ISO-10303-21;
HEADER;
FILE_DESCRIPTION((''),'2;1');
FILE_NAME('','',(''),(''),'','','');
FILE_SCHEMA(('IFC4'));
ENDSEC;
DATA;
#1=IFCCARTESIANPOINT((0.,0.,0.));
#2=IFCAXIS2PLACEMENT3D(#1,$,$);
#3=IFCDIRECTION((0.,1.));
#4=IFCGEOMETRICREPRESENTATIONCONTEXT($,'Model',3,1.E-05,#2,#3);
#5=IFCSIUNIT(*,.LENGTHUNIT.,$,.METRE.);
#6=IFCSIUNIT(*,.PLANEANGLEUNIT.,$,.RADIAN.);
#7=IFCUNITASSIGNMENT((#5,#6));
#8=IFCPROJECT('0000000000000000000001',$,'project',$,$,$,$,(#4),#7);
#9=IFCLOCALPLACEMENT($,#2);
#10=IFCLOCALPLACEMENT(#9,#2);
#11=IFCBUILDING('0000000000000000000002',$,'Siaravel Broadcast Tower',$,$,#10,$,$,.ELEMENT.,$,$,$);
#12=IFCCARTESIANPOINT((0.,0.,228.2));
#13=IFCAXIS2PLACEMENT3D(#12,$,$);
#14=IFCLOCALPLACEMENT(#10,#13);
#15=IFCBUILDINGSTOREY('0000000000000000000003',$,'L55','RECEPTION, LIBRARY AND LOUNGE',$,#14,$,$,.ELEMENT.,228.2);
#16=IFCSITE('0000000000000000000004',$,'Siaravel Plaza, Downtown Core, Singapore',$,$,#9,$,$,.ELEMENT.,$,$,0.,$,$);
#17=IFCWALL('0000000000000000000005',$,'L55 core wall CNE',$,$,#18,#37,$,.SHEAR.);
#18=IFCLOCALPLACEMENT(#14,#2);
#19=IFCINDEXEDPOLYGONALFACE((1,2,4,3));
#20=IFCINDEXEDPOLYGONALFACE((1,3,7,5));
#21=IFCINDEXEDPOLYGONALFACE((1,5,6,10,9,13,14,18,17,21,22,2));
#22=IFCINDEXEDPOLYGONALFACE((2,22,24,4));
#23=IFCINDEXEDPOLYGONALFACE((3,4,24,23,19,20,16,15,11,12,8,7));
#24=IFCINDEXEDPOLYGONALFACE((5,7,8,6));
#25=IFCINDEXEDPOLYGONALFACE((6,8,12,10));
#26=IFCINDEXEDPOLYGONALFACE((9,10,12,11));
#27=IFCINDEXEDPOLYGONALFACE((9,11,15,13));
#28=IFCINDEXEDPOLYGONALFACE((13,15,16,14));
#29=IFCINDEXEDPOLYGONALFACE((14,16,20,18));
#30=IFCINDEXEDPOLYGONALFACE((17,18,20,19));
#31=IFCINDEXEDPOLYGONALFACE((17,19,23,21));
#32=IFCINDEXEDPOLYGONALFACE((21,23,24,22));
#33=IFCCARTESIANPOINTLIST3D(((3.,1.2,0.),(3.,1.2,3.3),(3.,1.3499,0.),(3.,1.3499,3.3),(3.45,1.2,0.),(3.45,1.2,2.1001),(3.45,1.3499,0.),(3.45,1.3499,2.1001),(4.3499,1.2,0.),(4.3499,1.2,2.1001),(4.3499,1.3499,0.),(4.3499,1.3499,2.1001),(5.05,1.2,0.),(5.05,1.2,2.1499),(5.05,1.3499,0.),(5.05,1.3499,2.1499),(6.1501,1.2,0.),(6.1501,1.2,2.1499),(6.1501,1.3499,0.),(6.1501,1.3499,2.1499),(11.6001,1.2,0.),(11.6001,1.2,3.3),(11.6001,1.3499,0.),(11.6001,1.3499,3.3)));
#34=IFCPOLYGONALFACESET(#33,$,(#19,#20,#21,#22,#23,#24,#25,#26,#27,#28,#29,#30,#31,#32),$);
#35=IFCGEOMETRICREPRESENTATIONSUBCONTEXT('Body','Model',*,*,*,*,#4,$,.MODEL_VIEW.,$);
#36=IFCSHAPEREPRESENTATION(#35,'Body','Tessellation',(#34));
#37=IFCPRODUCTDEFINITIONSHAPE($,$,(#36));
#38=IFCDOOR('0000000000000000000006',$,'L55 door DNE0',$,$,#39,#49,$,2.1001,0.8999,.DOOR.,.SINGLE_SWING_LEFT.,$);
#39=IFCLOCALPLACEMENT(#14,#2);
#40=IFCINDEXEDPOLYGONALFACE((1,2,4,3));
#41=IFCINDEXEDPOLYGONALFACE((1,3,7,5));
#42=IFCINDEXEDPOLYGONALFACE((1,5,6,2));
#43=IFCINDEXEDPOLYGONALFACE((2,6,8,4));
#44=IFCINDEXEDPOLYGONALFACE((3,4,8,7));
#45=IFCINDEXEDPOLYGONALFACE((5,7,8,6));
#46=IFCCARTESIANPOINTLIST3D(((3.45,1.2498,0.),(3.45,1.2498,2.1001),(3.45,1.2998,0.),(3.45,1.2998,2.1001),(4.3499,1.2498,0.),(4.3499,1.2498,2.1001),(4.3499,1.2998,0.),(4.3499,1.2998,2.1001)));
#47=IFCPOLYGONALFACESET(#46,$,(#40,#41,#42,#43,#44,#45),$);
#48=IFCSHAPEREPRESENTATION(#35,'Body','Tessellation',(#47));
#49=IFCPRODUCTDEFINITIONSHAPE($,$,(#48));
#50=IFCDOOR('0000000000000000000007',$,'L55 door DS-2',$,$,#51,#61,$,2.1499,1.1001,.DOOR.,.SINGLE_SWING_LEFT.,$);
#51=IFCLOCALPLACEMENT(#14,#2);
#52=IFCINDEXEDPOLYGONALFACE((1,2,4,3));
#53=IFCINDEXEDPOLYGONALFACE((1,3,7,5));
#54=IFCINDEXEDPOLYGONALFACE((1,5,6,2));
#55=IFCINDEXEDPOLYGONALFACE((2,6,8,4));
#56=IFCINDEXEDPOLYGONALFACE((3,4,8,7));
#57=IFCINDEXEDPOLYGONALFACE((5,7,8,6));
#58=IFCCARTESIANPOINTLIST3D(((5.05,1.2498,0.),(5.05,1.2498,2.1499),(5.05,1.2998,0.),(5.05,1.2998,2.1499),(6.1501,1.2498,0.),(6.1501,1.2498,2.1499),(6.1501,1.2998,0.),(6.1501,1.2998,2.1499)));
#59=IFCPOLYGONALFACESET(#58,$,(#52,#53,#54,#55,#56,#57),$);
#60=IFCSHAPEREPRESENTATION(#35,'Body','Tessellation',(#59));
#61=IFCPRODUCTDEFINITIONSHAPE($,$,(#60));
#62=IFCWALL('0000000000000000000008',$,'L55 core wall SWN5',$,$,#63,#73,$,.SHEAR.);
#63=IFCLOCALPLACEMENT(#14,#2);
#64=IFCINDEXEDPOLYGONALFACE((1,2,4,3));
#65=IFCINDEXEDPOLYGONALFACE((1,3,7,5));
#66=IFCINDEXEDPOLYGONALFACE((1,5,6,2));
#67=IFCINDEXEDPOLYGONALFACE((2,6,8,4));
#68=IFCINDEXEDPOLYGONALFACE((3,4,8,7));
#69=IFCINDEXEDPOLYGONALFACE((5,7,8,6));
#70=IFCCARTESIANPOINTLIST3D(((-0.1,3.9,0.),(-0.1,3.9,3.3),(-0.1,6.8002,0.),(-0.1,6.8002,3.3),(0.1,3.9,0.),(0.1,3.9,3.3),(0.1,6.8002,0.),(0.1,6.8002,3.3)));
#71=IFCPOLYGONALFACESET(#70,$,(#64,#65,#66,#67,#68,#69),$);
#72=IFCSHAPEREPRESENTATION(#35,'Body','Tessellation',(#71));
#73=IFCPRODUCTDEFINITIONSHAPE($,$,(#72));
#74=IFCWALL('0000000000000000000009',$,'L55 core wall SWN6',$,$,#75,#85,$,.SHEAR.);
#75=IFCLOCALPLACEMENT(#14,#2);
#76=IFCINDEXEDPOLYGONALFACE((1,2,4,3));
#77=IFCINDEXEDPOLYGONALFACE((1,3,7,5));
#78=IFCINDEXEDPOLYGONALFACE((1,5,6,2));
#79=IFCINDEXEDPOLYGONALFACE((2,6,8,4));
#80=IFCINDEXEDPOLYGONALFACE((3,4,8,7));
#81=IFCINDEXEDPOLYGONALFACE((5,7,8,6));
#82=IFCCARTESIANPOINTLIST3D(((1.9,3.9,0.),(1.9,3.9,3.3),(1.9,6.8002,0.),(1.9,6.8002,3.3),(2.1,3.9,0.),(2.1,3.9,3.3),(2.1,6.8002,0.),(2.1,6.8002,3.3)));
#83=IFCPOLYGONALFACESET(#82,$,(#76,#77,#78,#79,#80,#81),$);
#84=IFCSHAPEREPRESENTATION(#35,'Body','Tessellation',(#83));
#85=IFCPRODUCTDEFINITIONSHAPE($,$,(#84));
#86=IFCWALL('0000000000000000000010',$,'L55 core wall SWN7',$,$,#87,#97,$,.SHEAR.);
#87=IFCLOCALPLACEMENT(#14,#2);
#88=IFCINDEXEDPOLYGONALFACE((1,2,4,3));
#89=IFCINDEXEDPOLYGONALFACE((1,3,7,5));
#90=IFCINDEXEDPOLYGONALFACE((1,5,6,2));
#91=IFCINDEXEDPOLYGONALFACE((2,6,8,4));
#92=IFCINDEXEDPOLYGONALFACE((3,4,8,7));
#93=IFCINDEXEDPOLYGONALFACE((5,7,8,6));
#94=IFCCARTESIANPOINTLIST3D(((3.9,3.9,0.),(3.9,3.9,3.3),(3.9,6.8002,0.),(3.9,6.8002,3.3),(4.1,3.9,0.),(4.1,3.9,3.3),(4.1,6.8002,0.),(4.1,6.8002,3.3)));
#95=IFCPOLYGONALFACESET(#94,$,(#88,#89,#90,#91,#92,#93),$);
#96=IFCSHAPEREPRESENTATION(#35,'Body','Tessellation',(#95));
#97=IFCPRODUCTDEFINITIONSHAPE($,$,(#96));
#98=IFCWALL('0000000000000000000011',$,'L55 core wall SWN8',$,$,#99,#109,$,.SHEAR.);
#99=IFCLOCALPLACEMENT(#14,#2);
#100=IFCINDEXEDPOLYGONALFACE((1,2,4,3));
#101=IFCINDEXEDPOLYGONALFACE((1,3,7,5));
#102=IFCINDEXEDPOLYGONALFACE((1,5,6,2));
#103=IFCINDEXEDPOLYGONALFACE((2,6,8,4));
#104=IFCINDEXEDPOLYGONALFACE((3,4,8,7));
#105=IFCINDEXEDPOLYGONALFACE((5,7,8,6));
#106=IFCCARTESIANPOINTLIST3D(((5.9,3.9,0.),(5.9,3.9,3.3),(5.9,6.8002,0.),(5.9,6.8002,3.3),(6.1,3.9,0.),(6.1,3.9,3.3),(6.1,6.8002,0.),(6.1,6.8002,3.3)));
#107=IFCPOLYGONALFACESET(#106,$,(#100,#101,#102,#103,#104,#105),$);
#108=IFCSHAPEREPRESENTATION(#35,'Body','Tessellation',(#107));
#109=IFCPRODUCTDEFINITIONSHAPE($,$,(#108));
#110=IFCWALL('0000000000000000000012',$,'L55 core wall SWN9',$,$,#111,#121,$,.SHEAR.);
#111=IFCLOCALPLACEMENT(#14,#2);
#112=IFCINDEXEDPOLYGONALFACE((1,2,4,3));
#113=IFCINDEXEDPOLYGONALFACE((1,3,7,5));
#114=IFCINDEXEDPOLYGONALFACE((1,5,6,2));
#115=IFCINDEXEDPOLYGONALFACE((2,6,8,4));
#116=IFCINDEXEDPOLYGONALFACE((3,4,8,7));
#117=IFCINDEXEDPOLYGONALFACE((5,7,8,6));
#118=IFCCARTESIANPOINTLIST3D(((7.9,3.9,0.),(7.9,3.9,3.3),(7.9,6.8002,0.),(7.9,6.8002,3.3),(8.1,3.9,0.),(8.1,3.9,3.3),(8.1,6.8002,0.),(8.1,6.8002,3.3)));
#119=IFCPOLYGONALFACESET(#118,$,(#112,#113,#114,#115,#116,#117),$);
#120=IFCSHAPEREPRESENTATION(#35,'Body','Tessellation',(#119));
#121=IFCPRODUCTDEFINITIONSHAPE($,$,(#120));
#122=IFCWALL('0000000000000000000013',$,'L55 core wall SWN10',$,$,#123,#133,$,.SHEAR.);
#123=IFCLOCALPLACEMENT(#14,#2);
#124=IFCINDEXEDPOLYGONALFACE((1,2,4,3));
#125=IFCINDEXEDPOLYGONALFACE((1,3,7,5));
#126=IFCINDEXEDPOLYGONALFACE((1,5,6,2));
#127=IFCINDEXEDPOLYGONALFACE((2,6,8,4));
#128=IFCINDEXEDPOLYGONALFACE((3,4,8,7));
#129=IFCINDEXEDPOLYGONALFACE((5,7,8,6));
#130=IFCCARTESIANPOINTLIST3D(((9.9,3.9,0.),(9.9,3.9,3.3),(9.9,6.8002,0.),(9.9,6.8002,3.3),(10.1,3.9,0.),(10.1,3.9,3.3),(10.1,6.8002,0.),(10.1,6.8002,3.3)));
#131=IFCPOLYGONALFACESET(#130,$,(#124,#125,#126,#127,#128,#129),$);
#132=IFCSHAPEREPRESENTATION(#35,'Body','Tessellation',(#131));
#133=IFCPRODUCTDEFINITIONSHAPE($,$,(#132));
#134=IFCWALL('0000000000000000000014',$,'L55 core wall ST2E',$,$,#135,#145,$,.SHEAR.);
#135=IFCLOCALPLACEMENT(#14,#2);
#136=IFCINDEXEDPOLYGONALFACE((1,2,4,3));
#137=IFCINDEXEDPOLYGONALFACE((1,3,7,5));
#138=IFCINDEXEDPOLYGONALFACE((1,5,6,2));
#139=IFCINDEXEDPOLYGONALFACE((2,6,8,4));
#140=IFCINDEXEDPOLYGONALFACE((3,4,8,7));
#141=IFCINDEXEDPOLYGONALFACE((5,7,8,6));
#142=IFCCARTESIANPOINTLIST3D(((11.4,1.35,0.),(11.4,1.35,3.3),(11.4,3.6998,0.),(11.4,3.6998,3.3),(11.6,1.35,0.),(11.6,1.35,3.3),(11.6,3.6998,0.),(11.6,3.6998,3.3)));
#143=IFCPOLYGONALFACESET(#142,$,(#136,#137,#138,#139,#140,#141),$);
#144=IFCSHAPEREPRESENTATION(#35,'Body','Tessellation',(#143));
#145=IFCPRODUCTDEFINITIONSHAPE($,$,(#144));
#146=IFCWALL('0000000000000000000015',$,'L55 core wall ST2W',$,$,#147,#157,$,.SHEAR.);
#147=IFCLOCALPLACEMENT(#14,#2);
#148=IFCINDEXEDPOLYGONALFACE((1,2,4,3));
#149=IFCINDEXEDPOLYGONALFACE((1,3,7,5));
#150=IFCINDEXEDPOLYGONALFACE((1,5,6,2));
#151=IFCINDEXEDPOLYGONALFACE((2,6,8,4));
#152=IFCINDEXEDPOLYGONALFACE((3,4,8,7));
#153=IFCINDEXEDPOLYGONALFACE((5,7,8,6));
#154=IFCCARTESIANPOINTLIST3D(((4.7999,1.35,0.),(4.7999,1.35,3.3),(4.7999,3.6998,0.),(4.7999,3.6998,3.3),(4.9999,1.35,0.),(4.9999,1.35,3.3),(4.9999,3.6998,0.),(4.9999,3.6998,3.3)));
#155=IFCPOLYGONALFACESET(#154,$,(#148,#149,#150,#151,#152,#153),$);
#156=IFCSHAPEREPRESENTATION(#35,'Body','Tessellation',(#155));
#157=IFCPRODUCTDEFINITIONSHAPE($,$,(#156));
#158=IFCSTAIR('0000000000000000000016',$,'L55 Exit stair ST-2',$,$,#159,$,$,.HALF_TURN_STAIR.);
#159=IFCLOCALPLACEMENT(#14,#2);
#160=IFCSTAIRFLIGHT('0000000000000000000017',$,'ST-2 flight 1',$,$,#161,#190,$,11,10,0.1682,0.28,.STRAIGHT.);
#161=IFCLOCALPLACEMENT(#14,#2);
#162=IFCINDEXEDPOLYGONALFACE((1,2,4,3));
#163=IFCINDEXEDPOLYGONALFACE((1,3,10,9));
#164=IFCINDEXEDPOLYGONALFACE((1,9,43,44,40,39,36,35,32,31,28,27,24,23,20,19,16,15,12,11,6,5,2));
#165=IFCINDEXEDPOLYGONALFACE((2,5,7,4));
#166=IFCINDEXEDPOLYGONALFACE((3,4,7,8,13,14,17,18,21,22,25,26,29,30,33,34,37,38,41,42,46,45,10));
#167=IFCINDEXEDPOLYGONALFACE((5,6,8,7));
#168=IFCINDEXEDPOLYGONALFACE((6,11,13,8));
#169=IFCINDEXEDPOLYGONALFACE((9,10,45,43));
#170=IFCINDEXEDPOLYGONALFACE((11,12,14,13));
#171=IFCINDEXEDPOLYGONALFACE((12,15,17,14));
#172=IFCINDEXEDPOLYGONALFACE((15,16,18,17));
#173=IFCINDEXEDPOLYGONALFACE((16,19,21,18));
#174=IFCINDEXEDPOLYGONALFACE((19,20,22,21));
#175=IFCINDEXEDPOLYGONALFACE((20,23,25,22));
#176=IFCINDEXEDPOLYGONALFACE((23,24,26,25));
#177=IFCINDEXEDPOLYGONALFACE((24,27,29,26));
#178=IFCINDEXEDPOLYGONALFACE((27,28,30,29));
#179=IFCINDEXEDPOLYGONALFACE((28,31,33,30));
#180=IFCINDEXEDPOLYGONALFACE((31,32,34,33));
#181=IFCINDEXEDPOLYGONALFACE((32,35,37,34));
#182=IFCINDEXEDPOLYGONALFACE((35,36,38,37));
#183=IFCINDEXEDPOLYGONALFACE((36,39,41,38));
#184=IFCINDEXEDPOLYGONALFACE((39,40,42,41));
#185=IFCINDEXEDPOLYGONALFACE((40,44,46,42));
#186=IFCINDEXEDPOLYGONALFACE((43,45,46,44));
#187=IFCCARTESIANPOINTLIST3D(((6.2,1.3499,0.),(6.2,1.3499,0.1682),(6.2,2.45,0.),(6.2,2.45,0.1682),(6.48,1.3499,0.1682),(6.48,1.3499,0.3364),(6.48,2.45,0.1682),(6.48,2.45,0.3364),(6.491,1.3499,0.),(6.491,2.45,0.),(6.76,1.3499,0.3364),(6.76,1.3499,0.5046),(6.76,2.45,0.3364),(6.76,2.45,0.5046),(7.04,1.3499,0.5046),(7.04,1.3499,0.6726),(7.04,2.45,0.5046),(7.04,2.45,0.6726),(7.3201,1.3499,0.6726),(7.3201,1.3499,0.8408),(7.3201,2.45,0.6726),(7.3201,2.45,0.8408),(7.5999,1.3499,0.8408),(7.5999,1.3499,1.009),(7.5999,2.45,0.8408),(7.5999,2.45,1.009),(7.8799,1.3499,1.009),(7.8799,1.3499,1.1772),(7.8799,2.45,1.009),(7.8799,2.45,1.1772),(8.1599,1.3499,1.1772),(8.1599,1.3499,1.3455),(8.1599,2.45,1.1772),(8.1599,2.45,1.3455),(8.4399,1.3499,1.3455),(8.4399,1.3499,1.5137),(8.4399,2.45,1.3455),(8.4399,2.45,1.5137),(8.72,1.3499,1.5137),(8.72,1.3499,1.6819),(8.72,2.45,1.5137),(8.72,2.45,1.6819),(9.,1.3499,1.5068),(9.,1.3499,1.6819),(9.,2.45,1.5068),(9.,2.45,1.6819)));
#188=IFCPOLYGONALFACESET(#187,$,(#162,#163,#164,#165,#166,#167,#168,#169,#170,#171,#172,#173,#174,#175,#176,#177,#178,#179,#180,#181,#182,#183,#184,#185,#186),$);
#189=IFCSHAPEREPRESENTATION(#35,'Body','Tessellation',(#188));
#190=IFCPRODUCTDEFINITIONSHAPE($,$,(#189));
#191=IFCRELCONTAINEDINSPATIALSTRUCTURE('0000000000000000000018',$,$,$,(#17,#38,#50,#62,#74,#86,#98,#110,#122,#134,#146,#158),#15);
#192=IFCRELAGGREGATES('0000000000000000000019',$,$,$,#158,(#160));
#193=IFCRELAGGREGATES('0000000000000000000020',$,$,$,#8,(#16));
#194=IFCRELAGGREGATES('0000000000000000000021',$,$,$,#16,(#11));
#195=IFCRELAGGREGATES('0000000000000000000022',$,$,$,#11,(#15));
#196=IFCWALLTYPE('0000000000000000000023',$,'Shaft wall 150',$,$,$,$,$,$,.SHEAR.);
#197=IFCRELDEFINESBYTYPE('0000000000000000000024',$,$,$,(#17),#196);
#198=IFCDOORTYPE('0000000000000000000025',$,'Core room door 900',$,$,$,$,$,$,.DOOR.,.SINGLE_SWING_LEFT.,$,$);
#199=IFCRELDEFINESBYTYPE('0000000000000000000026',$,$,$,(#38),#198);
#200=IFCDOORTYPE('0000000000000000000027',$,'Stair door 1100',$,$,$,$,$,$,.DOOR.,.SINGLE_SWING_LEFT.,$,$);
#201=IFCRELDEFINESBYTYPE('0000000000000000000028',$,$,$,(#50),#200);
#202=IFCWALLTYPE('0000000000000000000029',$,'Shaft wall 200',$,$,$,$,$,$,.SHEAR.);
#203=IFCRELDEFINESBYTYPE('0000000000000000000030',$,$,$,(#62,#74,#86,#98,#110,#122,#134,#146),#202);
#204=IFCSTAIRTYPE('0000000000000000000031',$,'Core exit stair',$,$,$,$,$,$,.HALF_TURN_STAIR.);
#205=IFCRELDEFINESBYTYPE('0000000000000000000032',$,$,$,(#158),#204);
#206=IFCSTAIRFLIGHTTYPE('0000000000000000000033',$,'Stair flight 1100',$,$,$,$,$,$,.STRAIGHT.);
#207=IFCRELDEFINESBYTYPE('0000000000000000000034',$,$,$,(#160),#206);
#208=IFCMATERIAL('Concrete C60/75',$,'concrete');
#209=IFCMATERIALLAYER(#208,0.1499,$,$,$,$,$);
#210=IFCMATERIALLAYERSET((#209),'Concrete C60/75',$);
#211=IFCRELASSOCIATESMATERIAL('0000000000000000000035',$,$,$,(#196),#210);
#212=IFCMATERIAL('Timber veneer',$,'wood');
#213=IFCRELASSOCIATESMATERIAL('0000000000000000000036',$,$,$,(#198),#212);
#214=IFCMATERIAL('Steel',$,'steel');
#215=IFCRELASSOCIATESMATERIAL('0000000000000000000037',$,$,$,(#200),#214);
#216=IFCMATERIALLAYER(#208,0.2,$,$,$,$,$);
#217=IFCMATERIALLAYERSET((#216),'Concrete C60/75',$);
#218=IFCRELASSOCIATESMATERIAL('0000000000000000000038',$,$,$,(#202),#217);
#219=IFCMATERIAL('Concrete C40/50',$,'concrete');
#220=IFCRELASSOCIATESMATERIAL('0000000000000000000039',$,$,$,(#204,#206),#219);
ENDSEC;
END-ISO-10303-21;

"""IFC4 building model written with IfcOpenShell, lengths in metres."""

from ifc_helpers import new_model, si_unit, direction, frame, frame_2d, origin, place, context, subcontext, project, spatial, polyline, rectangle, outline, extrude, material, layer, layer_set, type_object, element, fill, aggregate, save


model = new_model("IFC4")

# Units and contexts
model_context = context("Model", 3, precision=1e-05, world=origin(), true_north=direction((0.0, 1.0)))
body_context = subcontext(model_context, "Body", "Model", "MODEL_VIEW")
ifc_project = project(units=[si_unit("LENGTHUNIT", "METRE"), si_unit("PLANEANGLEUNIT", "RADIAN")], contexts=[model_context])

# Site, building, storey
site_placement = place(None, origin())
site = spatial("IfcSite", under=ifc_project, at=site_placement, Name="Siaravel Plaza, Downtown Core, Singapore", CompositionType="ELEMENT", RefElevation=0.0)
building_placement = place(site_placement, origin())
building = spatial("IfcBuilding", under=site, at=building_placement, Name="Siaravel Broadcast Tower", CompositionType="ELEMENT")
storey_placement = place(building_placement, frame((0.0, 0.0, 228.2)))
storey = spatial("IfcBuildingStorey", under=building, at=storey_placement, Name="L55", Description="RECEPTION, LIBRARY AND LOUNGE", CompositionType="ELEMENT", Elevation=228.2)

# Shared definitions
ifc_material_1 = material(Name="Timber veneer", Category="wood")

# Wall, openings, doors
ifc_material_2 = material(Name="Concrete C60/75", Category="concrete")
ifc_layer_1 = layer(ifc_material_2, 0.1499)
ifc_layer_set_1 = layer_set([ifc_layer_1], Name="Concrete C60/75")
wall_type_1 = type_object("IfcWallType", Name="Shaft wall 150", PredefinedType="SHEAR", material=ifc_layer_set_1)
wall_1_placement = place(storey_placement, frame((3.0, 1.2749, 0.0), z_axis=(0.0, 0.0, 1.0), x_axis=(1.0, 0.0, 0.0)))
wall_1 = element("IfcWall", 1, at=wall_1_placement, inside=storey, type_object=wall_type_1, Name="L55 core wall CNE", PredefinedType="SHEAR", context=body_context, shape_type="SweptSolid", body=[
    extrude(rectangle(XDim=8.6001, YDim=0.1499, at=frame_2d((4.3, 0.0))), origin(), (0.0, 0.0, 1.0), 3.3),
])
opening_1_placement = place(wall_1_placement, frame((2.05, 0.0, 0.0)))
opening_1 = element("IfcOpeningElement", 2, at=opening_1_placement, cuts=wall_1, PredefinedType="OPENING", context=body_context, shape_type="SweptSolid", body=[
    extrude(rectangle(XDim=1.1001, YDim=2.1499, at=frame_2d((0.55, 1.075))), frame((0.0, 0.085, 0.0), z_axis=(0.0, -1.0, 0.0), x_axis=(1.0, 0.0, 0.0)), (0.0, 0.0, 1.0), 0.1699),
])
opening_2_placement = place(wall_1_placement, frame((0.45, 0.0, 0.0)))
opening_2 = element("IfcOpeningElement", 3, at=opening_2_placement, cuts=wall_1, PredefinedType="OPENING", context=body_context, shape_type="SweptSolid", body=[
    extrude(rectangle(XDim=0.8999, YDim=2.1001, at=frame_2d((0.45, 1.05))), frame((0.0, 0.085, 0.0), z_axis=(0.0, -1.0, 0.0), x_axis=(1.0, 0.0, 0.0)), (0.0, 0.0, 1.0), 0.1699),
])
door_type_1 = type_object("IfcDoorType", Name="Core room door 900", OperationType="SINGLE_SWING_LEFT", PredefinedType="DOOR", material=ifc_material_1)
door_1_placement = place(opening_2_placement, origin())
door_1 = element("IfcDoor", 4, at=door_1_placement, inside=storey, type_object=door_type_1, Name="L55 door DNE0", OperationType="SINGLE_SWING_LEFT", OverallHeight=2.1001, OverallWidth=0.8999, PredefinedType="DOOR", context=body_context, shape_type="SweptSolid", body=[
    extrude(rectangle(XDim=0.8999, YDim=2.1001, at=frame_2d((0.45, 1.05))), frame((0.0, 0.0249, 0.0), z_axis=(0.0, -1.0, 0.0), x_axis=(1.0, 0.0, 0.0)), (0.0, 0.0, 1.0), 0.05),
])
fill(opening_2, door_1)
ifc_material_3 = material(Name="Steel", Category="steel")
door_type_2 = type_object("IfcDoorType", Name="Stair door 1100", OperationType="SINGLE_SWING_LEFT", PredefinedType="DOOR", material=ifc_material_3)
door_2_placement = place(opening_1_placement, origin())
door_2 = element("IfcDoor", 5, at=door_2_placement, inside=storey, type_object=door_type_2, Name="L55 door DS-2", OperationType="SINGLE_SWING_LEFT", OverallHeight=2.1499, OverallWidth=1.1001, PredefinedType="DOOR", context=body_context, shape_type="SweptSolid", body=[
    extrude(rectangle(XDim=1.1001, YDim=2.1499, at=frame_2d((0.55, 1.075))), frame((0.0, 0.0249, 0.0), z_axis=(0.0, -1.0, 0.0), x_axis=(1.0, 0.0, 0.0)), (0.0, 0.0, 1.0), 0.05),
])
fill(opening_1, door_2)

# Walls
ifc_layer_2 = layer(ifc_material_2, 0.2)
ifc_layer_set_2 = layer_set([ifc_layer_2], Name="Concrete C60/75")
wall_type_2 = type_object("IfcWallType", Name="Shaft wall 200", PredefinedType="SHEAR", material=ifc_layer_set_2)
for number, where, z_axis, x_axis, name in (
    (6, (0.0, 3.8999, 0.0), (0.0, 0.0, 1.0), (0.0, 1.0, 0.0), "L55 core wall SWN5"),
    (7, (2.0, 3.8999, 0.0), (0.0, 0.0, 1.0), (0.0, 1.0, 0.0), "L55 core wall SWN6"),
    (8, (4.0, 3.8999, 0.0), (0.0, 0.0, 1.0), (0.0, 1.0, 0.0), "L55 core wall SWN7"),
    (9, (6.0, 3.8999, 0.0), (0.0, 0.0, 1.0), (0.0, 1.0, 0.0), "L55 core wall SWN8"),
    (10, (8.0, 3.8999, 0.0), (0.0, 0.0, 1.0), (0.0, 1.0, 0.0), "L55 core wall SWN9"),
    (11, (10.0, 3.8999, 0.0), (0.0, 0.0, 1.0), (0.0, 1.0, 0.0), "L55 core wall SWN10"),
):
    element("IfcWall", number, at=place(storey_placement, frame(where, z_axis=z_axis, x_axis=x_axis)), inside=storey, type_object=wall_type_2, Name=name, PredefinedType="SHEAR", context=body_context, shape_type="SweptSolid", body=[
        extrude(rectangle(XDim=2.9001, YDim=0.2, at=frame_2d((1.4502, 0.0))), origin(), (0.0, 0.0, 1.0), 3.3),
    ])
for number, where, z_axis, x_axis, name in (
    (12, (11.5, 1.3501, 0.0), (0.0, 0.0, 1.0), (0.0, 1.0, 0.0), "L55 core wall ST2E"),
    (13, (4.8999, 1.3501, 0.0), (0.0, 0.0, 1.0), (0.0, 1.0, 0.0), "L55 core wall ST2W"),
):
    element("IfcWall", number, at=place(storey_placement, frame(where, z_axis=z_axis, x_axis=x_axis)), inside=storey, type_object=wall_type_2, Name=name, PredefinedType="SHEAR", context=body_context, shape_type="SweptSolid", body=[
        extrude(rectangle(XDim=2.3499, YDim=0.2, at=frame_2d((1.1748, 0.0))), origin(), (0.0, 0.0, 1.0), 3.3),
    ])

# Stair, stair flight
ifc_material_4 = material(Name="Concrete C40/50", Category="concrete")
stair_type = type_object("IfcStairType", Name="Core exit stair", PredefinedType="HALF_TURN_STAIR", material=ifc_material_4)
stair_placement = place(storey_placement, origin())
stair = element("IfcStair", 14, at=stair_placement, inside=storey, type_object=stair_type, Name="L55 Exit stair ST-2", PredefinedType="HALF_TURN_STAIR")
stair_flight_type = type_object("IfcStairFlightType", Name="Stair flight 1100", PredefinedType="STRAIGHT", material=ifc_material_4)
stair_flight_1_placement = place(storey_placement, frame((6.2, 1.8999, 0.0), z_axis=(0.0, 0.0, 1.0), x_axis=(1.0, 0.0, 0.0)))
stair_flight_1 = element("IfcStairFlight", 15, at=stair_flight_1_placement, type_object=stair_flight_type, Name="ST-2 flight 1", NumberOfRisers=11, NumberOfTreads=10, PredefinedType="STRAIGHT", RiserHeight=0.1682, TreadLength=0.28, context=body_context, shape_type="SweptSolid", body=[
    extrude(outline(polyline([(0.0, 0.0), (0.0, 0.1682), (0.28, 0.1682), (0.28, 0.3364), (0.5601, 0.3364), (0.5601, 0.5046), (0.8401, 0.5046), (0.8401, 0.6726), (1.1201, 0.6726), (1.1201, 0.8408), (1.3999, 0.8408), (1.3999, 1.009), (1.6799, 1.009), (1.6799, 1.1772), (1.96, 1.1772), (1.96, 1.3455), (2.24, 1.3455), (2.24, 1.5137), (2.52, 1.5137), (2.52, 1.6819), (2.8, 1.6819), (2.8, 1.8501), (2.8, 1.5068), (0.291, 0.0), (0.0, 0.0)])), frame((0.0, 0.55, 0.0), z_axis=(0.0, -1.0, 0.0), x_axis=(1.0, 0.0, 0.0)), (0.0, 0.0, 1.0), 1.1001),
])
aggregate(stair, [stair_flight_1])

save(model, "model.ifc")
